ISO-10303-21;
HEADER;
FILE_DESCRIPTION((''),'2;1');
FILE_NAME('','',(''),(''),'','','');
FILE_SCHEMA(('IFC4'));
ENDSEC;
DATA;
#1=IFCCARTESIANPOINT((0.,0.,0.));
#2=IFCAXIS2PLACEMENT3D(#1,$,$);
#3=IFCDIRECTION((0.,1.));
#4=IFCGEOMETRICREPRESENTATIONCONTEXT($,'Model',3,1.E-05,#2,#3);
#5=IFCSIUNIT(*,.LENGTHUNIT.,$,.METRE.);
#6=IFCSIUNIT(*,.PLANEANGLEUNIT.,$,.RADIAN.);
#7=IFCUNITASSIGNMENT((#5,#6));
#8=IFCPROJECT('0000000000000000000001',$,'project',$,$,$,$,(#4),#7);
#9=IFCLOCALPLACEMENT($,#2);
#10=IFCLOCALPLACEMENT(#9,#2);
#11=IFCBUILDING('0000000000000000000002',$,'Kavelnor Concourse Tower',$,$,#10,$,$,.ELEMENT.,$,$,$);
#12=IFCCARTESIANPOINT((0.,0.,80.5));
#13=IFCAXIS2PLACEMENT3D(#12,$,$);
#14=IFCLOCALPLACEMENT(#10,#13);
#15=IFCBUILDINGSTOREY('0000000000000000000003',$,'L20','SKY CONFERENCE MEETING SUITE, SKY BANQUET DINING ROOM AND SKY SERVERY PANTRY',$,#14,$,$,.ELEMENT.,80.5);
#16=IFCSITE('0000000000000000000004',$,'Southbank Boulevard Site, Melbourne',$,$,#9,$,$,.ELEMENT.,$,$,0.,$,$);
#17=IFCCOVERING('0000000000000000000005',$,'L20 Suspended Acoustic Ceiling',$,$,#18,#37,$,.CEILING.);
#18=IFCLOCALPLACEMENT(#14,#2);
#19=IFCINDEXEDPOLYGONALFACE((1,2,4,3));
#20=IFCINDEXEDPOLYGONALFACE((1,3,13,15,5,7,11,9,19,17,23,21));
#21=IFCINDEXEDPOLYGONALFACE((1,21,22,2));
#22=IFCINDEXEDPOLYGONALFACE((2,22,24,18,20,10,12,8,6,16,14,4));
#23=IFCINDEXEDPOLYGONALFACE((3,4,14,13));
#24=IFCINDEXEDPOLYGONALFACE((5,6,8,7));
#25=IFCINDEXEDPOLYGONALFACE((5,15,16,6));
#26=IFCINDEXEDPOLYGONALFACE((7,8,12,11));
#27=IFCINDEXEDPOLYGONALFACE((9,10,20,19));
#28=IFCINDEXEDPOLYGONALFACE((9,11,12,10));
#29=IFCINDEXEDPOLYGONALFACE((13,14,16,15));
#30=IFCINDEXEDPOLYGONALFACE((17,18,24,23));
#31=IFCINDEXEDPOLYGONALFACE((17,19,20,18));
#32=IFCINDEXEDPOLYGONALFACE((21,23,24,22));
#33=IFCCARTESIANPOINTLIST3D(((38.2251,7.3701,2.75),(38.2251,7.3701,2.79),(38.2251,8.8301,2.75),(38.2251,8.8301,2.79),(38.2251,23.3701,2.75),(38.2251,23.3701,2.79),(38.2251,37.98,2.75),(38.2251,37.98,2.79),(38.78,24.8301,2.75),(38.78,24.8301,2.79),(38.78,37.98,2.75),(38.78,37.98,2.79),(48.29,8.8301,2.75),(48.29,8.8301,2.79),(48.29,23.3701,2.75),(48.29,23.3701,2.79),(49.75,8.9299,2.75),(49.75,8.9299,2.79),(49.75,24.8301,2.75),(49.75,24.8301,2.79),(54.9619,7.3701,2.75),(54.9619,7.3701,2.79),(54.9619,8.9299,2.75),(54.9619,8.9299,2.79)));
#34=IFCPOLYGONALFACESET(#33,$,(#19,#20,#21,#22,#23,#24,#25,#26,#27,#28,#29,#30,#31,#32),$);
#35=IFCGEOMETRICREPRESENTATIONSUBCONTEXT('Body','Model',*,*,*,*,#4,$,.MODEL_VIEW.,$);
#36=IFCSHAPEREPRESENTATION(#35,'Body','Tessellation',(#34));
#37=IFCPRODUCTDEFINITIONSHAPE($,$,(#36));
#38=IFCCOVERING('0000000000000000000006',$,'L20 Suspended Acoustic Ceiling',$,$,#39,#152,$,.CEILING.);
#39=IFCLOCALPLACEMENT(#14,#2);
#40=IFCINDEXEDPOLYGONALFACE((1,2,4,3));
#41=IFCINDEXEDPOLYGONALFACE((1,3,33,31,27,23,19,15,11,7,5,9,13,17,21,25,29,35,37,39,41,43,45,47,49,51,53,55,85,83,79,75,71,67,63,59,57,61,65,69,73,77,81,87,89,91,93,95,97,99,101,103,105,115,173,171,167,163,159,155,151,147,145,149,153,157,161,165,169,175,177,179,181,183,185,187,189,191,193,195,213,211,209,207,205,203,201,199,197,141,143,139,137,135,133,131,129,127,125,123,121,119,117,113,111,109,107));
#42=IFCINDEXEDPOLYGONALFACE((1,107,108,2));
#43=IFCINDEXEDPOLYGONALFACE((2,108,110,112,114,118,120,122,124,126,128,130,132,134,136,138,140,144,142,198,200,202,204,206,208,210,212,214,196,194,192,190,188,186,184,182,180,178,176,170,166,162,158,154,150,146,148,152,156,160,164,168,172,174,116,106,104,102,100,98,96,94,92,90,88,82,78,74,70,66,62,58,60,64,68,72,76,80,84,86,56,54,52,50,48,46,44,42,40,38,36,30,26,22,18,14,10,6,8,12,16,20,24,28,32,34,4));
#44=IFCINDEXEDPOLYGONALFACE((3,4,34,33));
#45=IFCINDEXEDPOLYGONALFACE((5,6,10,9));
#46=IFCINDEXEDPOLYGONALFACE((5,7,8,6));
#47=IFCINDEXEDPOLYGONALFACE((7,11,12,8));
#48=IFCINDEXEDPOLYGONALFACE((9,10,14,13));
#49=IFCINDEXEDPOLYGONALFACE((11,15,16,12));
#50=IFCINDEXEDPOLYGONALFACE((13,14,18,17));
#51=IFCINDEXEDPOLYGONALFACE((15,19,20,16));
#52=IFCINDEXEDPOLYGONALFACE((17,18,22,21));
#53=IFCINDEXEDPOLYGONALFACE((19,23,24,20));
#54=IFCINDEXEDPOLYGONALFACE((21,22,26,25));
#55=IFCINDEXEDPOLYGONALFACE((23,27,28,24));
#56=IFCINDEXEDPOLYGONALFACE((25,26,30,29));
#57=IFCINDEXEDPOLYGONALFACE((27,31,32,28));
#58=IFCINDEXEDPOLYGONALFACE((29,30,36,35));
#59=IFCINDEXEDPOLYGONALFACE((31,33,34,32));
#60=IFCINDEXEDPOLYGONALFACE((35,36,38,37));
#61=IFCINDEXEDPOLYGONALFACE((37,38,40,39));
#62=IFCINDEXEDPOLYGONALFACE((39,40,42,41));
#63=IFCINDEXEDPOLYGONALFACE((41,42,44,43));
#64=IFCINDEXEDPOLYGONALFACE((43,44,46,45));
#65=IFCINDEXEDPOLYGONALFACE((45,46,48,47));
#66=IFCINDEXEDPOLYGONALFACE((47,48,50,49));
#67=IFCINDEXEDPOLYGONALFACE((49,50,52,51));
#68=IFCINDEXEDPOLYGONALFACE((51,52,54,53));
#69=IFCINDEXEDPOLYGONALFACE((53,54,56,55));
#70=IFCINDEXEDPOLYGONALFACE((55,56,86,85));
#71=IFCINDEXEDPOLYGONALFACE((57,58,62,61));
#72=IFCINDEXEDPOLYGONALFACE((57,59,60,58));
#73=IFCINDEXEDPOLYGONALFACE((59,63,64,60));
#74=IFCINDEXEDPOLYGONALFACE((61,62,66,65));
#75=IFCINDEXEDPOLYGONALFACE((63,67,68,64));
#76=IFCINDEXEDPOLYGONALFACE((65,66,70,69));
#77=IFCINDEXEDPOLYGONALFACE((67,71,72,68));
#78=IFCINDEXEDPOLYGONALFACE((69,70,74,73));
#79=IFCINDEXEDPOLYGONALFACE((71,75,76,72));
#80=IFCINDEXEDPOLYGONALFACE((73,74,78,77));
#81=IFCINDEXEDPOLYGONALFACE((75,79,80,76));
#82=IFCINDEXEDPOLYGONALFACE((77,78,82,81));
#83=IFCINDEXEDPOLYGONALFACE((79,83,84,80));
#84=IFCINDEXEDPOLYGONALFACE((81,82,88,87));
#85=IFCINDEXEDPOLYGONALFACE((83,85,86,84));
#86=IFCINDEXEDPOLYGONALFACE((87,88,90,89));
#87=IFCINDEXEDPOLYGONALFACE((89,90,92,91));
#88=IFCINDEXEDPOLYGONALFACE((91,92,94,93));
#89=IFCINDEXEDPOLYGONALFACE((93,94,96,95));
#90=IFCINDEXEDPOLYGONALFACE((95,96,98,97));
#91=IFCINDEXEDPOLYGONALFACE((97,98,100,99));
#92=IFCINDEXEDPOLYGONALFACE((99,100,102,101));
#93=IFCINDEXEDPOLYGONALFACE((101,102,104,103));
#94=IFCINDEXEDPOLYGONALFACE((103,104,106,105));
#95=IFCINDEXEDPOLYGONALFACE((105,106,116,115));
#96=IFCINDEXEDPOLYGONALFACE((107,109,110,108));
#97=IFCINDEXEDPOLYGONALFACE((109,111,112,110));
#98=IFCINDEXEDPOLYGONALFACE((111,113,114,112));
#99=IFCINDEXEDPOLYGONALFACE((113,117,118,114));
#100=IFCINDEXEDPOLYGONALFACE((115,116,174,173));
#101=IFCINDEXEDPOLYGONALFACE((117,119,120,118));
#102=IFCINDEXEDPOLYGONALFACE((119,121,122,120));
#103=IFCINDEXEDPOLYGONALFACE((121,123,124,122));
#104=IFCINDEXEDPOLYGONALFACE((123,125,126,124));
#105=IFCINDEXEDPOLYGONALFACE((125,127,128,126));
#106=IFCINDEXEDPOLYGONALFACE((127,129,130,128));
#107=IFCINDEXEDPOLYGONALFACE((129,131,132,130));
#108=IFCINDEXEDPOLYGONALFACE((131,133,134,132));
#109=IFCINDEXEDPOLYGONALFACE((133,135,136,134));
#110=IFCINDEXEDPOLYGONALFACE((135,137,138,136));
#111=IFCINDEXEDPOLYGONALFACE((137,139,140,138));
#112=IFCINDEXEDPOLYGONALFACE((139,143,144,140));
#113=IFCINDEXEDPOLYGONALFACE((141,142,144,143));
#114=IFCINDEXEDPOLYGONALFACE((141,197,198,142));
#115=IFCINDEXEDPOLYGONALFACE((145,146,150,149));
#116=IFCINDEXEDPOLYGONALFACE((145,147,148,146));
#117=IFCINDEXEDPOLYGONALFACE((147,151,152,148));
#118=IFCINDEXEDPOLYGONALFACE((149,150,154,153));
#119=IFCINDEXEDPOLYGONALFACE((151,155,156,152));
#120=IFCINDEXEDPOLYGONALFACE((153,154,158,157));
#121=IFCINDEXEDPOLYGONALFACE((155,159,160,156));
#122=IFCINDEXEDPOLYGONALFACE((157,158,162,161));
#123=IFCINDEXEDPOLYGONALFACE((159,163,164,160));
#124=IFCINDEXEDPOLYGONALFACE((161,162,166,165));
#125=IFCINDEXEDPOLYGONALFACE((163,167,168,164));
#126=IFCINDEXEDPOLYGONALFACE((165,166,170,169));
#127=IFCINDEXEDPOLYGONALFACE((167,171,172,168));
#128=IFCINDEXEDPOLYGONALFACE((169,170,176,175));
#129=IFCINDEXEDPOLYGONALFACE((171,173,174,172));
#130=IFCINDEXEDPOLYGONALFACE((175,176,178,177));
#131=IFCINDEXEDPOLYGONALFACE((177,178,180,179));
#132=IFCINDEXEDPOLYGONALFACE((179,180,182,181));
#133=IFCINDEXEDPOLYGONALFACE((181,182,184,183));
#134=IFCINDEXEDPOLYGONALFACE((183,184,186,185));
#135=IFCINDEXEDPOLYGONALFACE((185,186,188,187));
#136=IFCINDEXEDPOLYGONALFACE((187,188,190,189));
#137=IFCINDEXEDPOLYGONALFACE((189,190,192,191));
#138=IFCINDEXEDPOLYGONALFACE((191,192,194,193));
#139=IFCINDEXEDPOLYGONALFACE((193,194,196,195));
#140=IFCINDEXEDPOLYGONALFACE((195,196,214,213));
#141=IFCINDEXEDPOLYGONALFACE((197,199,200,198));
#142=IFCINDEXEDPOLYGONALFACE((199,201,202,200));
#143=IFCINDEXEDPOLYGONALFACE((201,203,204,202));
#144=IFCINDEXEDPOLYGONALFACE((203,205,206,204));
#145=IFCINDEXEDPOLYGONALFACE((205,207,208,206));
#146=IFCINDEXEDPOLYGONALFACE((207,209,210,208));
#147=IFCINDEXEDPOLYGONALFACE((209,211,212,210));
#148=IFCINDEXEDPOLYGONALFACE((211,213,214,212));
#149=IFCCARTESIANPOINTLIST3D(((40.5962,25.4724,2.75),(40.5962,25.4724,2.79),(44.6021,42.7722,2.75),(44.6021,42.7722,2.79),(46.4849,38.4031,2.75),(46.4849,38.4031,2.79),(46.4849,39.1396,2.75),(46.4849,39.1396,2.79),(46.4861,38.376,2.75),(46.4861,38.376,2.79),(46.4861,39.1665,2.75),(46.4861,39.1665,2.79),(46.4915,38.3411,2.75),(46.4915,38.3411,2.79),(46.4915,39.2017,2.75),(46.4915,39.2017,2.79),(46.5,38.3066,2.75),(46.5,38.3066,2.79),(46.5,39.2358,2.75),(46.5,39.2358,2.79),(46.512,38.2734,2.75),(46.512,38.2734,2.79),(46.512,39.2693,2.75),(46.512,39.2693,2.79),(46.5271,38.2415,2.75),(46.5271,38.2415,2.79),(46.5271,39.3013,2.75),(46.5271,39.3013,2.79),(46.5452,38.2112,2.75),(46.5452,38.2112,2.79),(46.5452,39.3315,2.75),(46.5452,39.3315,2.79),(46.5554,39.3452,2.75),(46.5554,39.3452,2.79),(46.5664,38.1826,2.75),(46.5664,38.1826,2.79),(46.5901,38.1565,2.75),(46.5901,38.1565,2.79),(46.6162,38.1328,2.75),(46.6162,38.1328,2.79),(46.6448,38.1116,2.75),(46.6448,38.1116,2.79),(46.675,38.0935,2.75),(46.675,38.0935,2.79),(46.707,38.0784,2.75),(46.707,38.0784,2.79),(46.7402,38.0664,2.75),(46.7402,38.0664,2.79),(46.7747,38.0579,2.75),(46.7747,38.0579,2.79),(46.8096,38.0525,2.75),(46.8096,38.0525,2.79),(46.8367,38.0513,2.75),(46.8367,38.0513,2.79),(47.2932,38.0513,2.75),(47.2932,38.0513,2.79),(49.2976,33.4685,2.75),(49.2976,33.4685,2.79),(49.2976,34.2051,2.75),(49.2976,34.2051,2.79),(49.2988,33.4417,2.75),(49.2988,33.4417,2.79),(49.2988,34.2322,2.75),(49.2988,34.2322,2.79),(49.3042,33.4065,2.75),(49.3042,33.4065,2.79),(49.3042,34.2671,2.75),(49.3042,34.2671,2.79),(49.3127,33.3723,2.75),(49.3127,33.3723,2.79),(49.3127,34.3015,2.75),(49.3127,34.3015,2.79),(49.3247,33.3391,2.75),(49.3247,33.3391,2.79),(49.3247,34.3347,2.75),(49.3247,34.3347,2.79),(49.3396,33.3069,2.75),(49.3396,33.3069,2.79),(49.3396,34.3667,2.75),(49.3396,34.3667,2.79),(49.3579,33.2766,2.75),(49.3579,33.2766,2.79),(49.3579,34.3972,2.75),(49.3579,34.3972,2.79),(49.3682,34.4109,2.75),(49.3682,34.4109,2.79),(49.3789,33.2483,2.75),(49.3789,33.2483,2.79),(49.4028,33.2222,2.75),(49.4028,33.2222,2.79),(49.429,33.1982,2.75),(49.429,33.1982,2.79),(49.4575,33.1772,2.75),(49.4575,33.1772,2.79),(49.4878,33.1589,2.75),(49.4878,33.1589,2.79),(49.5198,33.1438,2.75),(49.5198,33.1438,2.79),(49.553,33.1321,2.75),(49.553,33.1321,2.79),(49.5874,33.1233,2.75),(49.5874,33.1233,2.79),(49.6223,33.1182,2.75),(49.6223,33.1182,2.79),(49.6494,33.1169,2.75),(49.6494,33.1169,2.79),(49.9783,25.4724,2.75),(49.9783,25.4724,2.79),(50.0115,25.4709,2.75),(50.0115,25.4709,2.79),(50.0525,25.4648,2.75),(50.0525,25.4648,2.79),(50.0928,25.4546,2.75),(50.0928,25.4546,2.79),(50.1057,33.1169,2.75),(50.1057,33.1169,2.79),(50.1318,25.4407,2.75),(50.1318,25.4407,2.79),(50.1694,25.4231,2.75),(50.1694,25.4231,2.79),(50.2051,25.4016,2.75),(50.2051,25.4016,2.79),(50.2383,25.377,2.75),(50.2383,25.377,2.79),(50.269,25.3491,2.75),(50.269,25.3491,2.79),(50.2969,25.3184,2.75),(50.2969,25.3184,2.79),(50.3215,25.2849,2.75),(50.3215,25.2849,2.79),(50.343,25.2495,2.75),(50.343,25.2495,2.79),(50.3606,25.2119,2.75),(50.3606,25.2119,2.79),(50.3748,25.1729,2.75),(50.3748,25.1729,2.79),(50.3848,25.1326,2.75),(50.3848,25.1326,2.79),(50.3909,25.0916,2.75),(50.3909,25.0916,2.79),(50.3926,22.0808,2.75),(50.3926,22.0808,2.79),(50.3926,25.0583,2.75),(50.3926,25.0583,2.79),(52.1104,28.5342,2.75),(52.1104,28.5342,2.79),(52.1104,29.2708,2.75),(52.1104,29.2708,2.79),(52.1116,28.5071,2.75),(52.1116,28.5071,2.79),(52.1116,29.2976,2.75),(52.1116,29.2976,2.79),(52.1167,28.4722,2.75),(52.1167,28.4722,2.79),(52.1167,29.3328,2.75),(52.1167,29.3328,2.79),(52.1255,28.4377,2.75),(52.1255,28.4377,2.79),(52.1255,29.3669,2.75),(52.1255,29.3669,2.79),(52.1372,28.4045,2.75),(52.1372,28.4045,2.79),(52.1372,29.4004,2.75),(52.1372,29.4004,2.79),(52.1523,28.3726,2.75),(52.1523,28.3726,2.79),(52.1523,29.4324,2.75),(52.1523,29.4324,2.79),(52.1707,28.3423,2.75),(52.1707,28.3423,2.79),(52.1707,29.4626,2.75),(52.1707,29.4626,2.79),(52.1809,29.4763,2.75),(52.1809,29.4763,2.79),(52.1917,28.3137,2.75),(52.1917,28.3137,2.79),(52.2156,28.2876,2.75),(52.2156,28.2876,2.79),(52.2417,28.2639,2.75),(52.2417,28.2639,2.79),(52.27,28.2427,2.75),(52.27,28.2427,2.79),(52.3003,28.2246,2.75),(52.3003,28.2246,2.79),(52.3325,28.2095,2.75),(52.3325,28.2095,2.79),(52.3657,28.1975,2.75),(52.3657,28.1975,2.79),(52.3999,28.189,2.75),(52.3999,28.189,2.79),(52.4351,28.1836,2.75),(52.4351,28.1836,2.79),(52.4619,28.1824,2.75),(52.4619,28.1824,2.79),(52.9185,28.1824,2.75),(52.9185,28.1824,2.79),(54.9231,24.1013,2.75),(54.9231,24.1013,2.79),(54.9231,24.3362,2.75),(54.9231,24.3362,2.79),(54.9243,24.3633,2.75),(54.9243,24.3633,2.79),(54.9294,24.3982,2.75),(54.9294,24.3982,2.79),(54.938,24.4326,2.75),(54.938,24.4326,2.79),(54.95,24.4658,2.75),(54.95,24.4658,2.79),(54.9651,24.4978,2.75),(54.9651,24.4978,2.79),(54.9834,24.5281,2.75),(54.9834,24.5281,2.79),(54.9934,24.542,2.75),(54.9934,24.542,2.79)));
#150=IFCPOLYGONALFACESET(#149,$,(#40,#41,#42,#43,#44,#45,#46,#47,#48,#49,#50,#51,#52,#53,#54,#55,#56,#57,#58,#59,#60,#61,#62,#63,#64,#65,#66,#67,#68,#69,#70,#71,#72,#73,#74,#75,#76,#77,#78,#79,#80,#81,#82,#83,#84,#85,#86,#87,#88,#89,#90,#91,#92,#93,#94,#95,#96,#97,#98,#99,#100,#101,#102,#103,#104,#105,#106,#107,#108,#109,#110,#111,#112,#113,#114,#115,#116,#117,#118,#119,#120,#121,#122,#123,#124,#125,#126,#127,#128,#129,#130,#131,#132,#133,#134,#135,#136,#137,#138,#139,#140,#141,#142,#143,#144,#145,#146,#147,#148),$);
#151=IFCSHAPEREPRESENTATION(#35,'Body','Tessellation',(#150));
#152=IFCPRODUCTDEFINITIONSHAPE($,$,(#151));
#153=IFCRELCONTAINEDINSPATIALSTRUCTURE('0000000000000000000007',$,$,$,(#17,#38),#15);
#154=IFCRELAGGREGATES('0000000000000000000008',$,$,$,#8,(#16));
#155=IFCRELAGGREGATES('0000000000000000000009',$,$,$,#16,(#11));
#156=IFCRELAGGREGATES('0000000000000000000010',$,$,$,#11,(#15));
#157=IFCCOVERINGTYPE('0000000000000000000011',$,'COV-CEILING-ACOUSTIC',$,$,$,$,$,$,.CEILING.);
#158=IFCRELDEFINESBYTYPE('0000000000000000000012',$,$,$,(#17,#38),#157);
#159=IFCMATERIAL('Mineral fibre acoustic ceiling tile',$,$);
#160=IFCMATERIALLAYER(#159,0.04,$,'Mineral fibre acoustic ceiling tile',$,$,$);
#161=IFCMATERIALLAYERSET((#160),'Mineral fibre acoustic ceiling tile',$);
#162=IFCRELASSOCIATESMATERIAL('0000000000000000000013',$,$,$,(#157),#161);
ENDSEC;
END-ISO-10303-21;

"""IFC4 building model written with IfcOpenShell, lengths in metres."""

from ifc_helpers import new_model, si_unit, direction, frame, origin, place, context, subcontext, project, spatial, polyline, outline, extrude, material, layer, layer_set, type_object, element, save


model = new_model("IFC4")

# Units and contexts
model_context = context("Model", 3, precision=1e-05, world=origin(), true_north=direction((0.0, 1.0)))
body_context = subcontext(model_context, "Body", "Model", "MODEL_VIEW")
ifc_project = project(units=[si_unit("LENGTHUNIT", "METRE"), si_unit("PLANEANGLEUNIT", "RADIAN")], contexts=[model_context])

# Site, building, storey
site_placement = place(None, origin())
site = spatial("IfcSite", under=ifc_project, at=site_placement, Name="Southbank Boulevard Site, Melbourne", CompositionType="ELEMENT", RefElevation=0.0)
building_placement = place(site_placement, origin())
building = spatial("IfcBuilding", under=site, at=building_placement, Name="Kavelnor Concourse Tower", CompositionType="ELEMENT")
storey_placement = place(building_placement, frame((0.0, 0.0, 80.5)))
storey = spatial("IfcBuildingStorey", under=building, at=storey_placement, Name="L20", Description="SKY CONFERENCE MEETING SUITE, SKY BANQUET DINING ROOM AND SKY SERVERY PANTRY", CompositionType="ELEMENT", Elevation=80.5)

# Coverings
ifc_material_1 = material(Name="Mineral fibre acoustic ceiling tile")
ifc_layer_1 = layer(ifc_material_1, 0.04, Name="Mineral fibre acoustic ceiling tile")
ifc_layer_set_1 = layer_set([ifc_layer_1], Name="Mineral fibre acoustic ceiling tile")
covering_type_1 = type_object("IfcCoveringType", Name="COV-CEILING-ACOUSTIC", PredefinedType="CEILING", material=ifc_layer_set_1)
covering_1_placement = place(storey_placement, frame((0.0, 0.0, 2.75)))
element("IfcCovering", 1, at=covering_1_placement, inside=storey, type_object=covering_type_1, Name="L20 Suspended Acoustic Ceiling", PredefinedType="CEILING", context=body_context, shape_type="SweptSolid", body=[
    extrude(outline(polyline([(38.78, 37.98), (38.78, 24.8301), (49.75, 24.8301), (49.75, 8.9299), (54.9619, 8.9299), (54.9619, 7.3701), (38.2251, 7.3701), (38.2251, 8.8301), (48.29, 8.8301), (48.29, 23.3701), (38.2251, 23.3701), (38.2251, 37.98), (38.78, 37.98)])), origin(), (0.0, 0.0, 1.0), 0.04),
])
covering_2_placement = place(storey_placement, frame((0.0, 0.0, 2.75)))
element("IfcCovering", 2, at=covering_2_placement, inside=storey, type_object=covering_type_1, Name="L20 Suspended Acoustic Ceiling", PredefinedType="CEILING", context=body_context, shape_type="SweptSolid", body=[
    extrude(outline(polyline([(46.5271, 39.3013), (46.512, 39.2693), (46.5, 39.2358), (46.4915, 39.2017), (46.4861, 39.1665), (46.4849, 39.1396), (46.4849, 38.4031), (46.4861, 38.376), (46.4915, 38.3411), (46.5, 38.3066), (46.512, 38.2734), (46.5271, 38.2415), (46.5452, 38.2112), (46.5664, 38.1826), (46.5901, 38.1565), (46.6162, 38.1328), (46.6448, 38.1116), (46.675, 38.0935), (46.707, 38.0784), (46.7402, 38.0664), (46.7747, 38.0579), (46.8096, 38.0525), (46.8367, 38.0513), (47.2932, 38.0513), (49.3682, 34.4109), (49.3579, 34.3972), (49.3396, 34.3667), (49.3247, 34.3347), (49.3127, 34.3015), (49.3042, 34.2671), (49.2988, 34.2322), (49.2976, 34.2051), (49.2976, 33.4685), (49.2988, 33.4417), (49.3042, 33.4065), (49.3127, 33.3723), (49.3247, 33.3391), (49.3396, 33.3069), (49.3579, 33.2766), (49.3789, 33.2483), (49.4028, 33.2222), (49.429, 33.1982), (49.4575, 33.1772), (49.4878, 33.1589), (49.5198, 33.1438), (49.553, 33.1321), (49.5874, 33.1233), (49.6223, 33.1182), (49.6494, 33.1169), (50.1057, 33.1169), (52.1809, 29.4763), (52.1707, 29.4626), (52.1523, 29.4324), (52.1372, 29.4004), (52.1255, 29.3669), (52.1167, 29.3328), (52.1116, 29.2976), (52.1104, 29.2708), (52.1104, 28.5342), (52.1116, 28.5071), (52.1167, 28.4722), (52.1255, 28.4377), (52.1372, 28.4045), (52.1523, 28.3726), (52.1707, 28.3423), (52.1917, 28.3137), (52.2156, 28.2876), (52.2417, 28.2639), (52.27, 28.2427), (52.3003, 28.2246), (52.3325, 28.2095), (52.3657, 28.1975), (52.3999, 28.189), (52.4351, 28.1836), (52.4619, 28.1824), (52.9185, 28.1824), (54.9934, 24.542), (54.9834, 24.5281), (54.9651, 24.4978), (54.95, 24.4658), (54.938, 24.4326), (54.9294, 24.3982), (54.9243, 24.3633), (54.9231, 24.3362), (54.9231, 24.1013), (50.3926, 22.0808), (50.3926, 25.0583), (50.3909, 25.0916), (50.3848, 25.1326), (50.3748, 25.1729), (50.3606, 25.2119), (50.343, 25.2495), (50.3215, 25.2849), (50.2969, 25.3184), (50.269, 25.3491), (50.2383, 25.377), (50.2051, 25.4016), (50.1694, 25.4231), (50.1318, 25.4407), (50.0928, 25.4546), (50.0525, 25.4648), (50.0115, 25.4709), (49.9783, 25.4724), (40.5962, 25.4724), (44.6021, 42.7722), (46.5554, 39.3452), (46.5452, 39.3315), (46.5271, 39.3013)])), origin(), (0.0, 0.0, 1.0), 0.04),
])

save(model, "model.ifc")
